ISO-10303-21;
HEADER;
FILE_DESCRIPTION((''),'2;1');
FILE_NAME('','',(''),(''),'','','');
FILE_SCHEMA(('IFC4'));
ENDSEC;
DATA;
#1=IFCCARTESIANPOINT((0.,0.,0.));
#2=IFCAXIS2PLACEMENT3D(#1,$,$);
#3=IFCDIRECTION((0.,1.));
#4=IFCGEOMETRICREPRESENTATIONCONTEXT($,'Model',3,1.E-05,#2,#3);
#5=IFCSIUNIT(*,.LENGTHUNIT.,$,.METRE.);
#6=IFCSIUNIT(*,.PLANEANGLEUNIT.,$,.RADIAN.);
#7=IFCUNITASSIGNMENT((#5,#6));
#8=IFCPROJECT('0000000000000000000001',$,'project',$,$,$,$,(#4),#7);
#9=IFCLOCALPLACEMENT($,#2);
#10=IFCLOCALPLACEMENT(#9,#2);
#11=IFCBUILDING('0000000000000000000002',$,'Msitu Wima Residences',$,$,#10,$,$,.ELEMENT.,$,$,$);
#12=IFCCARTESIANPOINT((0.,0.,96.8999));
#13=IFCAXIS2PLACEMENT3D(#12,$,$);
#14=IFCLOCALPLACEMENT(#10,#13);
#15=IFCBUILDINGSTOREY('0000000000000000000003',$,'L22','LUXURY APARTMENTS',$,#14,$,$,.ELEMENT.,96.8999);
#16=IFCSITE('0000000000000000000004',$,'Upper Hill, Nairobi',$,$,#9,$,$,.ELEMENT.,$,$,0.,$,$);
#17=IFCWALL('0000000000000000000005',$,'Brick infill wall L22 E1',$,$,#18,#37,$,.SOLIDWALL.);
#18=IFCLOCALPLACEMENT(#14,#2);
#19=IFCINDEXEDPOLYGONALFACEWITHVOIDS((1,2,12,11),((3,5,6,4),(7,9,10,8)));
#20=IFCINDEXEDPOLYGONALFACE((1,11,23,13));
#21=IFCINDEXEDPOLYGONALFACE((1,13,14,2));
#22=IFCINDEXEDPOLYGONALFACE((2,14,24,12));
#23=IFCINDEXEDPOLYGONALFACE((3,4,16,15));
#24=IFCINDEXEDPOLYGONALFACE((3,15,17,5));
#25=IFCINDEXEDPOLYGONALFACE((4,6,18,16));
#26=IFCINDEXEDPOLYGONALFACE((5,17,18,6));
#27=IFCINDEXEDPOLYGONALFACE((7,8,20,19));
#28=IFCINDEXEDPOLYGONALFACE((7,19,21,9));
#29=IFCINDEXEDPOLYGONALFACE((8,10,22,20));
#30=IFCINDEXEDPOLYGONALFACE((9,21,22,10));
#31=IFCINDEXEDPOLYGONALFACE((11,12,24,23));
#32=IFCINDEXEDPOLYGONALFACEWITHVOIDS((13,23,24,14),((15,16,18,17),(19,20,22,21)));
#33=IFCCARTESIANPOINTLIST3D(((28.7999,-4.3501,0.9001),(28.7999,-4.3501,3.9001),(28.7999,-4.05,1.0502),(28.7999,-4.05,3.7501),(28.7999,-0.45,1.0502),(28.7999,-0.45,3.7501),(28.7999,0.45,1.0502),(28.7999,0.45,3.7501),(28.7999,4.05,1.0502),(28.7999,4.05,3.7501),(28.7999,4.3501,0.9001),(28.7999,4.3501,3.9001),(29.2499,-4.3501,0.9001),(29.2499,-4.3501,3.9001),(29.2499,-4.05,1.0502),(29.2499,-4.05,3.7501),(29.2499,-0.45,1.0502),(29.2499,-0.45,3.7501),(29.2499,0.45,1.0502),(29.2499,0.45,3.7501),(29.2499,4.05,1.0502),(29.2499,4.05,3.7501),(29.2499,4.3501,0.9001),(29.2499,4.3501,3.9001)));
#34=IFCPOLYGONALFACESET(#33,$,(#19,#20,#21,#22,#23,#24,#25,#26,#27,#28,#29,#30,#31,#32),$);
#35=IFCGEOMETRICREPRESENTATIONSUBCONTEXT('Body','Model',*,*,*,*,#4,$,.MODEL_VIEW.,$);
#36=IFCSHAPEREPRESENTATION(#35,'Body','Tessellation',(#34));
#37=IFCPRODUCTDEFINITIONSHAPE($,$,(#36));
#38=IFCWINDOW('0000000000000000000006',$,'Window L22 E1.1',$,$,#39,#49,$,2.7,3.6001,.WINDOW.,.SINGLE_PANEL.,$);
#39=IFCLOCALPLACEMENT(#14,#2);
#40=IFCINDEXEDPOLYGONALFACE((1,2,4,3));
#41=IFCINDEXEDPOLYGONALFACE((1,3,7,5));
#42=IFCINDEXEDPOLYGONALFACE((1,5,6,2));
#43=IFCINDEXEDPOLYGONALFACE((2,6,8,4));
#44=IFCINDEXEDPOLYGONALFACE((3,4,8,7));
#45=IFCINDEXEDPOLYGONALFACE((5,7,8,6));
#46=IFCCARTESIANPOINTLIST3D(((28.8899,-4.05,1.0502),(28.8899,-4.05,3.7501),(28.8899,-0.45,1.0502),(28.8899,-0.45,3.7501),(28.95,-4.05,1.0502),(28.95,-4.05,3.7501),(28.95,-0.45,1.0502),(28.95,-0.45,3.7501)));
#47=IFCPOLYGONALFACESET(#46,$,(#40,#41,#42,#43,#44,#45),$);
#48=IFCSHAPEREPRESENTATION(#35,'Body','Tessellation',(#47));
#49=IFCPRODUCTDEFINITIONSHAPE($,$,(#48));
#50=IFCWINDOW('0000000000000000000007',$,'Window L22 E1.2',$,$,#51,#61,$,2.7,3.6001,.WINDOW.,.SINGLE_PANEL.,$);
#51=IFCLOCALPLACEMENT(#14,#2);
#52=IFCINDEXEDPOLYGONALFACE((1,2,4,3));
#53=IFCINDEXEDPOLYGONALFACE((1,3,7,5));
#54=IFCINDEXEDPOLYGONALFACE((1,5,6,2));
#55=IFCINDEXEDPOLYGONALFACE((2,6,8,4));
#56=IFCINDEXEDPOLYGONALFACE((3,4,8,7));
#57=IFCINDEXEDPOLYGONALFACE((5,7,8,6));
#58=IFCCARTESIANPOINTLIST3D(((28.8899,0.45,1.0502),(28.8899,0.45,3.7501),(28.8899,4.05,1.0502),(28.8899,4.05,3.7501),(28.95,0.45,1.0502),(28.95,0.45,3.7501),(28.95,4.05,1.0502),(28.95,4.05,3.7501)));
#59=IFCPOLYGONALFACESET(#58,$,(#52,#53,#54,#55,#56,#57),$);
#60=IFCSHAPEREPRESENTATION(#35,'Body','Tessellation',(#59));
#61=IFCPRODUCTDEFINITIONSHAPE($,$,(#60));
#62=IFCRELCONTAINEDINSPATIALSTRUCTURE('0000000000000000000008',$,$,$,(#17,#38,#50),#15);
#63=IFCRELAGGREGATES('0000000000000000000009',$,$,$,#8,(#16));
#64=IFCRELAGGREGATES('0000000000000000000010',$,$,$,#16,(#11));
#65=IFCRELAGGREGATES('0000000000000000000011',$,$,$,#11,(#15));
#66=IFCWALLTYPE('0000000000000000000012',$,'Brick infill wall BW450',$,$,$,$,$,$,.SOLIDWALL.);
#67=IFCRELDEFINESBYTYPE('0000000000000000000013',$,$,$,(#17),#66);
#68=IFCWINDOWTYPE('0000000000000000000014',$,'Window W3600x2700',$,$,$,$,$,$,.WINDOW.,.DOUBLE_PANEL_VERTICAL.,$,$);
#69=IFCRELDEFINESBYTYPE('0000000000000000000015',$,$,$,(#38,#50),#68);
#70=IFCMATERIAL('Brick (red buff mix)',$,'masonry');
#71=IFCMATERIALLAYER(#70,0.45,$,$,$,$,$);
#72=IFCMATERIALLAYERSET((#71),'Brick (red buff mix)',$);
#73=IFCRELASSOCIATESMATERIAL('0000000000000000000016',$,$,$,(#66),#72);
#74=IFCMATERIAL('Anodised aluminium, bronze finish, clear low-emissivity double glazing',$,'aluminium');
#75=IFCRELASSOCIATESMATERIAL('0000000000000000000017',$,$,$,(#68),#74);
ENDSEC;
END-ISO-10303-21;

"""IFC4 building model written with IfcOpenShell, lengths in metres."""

from ifc_helpers import new_model, si_unit, direction, frame, frame_2d, origin, place, context, subcontext, project, spatial, rectangle, extrude, material, layer, layer_set, type_object, element, fill, save


model = new_model("IFC4")

# Units and contexts
model_context = context("Model", 3, precision=1e-05, world=origin(), true_north=direction((0.0, 1.0)))
body_context = subcontext(model_context, "Body", "Model", "MODEL_VIEW")
ifc_project = project(units=[si_unit("LENGTHUNIT", "METRE"), si_unit("PLANEANGLEUNIT", "RADIAN")], contexts=[model_context])

# Site, building, storey
site_placement = place(None, origin())
site = spatial("IfcSite", under=ifc_project, at=site_placement, Name="Upper Hill, Nairobi", CompositionType="ELEMENT", RefElevation=0.0)
building_placement = place(site_placement, origin())
building = spatial("IfcBuilding", under=site, at=building_placement, Name="Msitu Wima Residences", CompositionType="ELEMENT")
storey_placement = place(building_placement, frame((0.0, 0.0, 96.8999)))
storey = spatial("IfcBuildingStorey", under=building, at=storey_placement, Name="L22", Description="LUXURY APARTMENTS", CompositionType="ELEMENT", Elevation=96.8999)

# Shared definitions
ifc_material_1 = material(Name="Brick (red buff mix)", Category="masonry")
ifc_layer_1 = layer(ifc_material_1, 0.45)
ifc_layer_set_1 = layer_set([ifc_layer_1], Name="Brick (red buff mix)")
wall_type_1 = type_object("IfcWallType", Name="Brick infill wall BW450", PredefinedType="SOLIDWALL", material=ifc_layer_set_1)
ifc_material_2 = material(Name="Anodised aluminium, bronze finish, clear low-emissivity double glazing", Category="aluminium")
window_type = type_object("IfcWindowType", Name="Window W3600x2700", PartitioningType="DOUBLE_PANEL_VERTICAL", PredefinedType="WINDOW", material=ifc_material_2)

# Wall, openings, windows
wall_1_placement = place(storey_placement, frame((29.0249, -4.3501, 0.9001), z_axis=(0.0, 0.0, 1.0), x_axis=(0.0, 1.0, 0.0)))
wall_1 = element("IfcWall", 1, at=wall_1_placement, inside=storey, type_object=wall_type_1, Name="Brick infill wall L22 E1", PredefinedType="SOLIDWALL", context=body_context, shape_type="SweptSolid", body=[
    extrude(rectangle(XDim=8.7002, YDim=0.45, at=frame_2d((4.3501, 0.0))), origin(), (0.0, 0.0, 1.0), 3.0),
])
opening_1_placement = place(wall_1_placement, frame((0.3, 0.0, 0.1499)))
opening_1 = element("IfcOpeningElement", 2, at=opening_1_placement, cuts=wall_1, PredefinedType="OPENING", context=body_context, shape_type="SweptSolid", body=[
    extrude(rectangle(XDim=3.6001, YDim=2.7, at=frame_2d((1.8, 1.3501))), frame((0.0, 0.2349, 0.0), z_axis=(0.0, -1.0, 0.0), x_axis=(1.0, 0.0, 0.0)), (0.0, 0.0, 1.0), 0.47),
])
opening_2_placement = place(wall_1_placement, frame((4.8, 0.0, 0.1499)))
opening_2 = element("IfcOpeningElement", 3, at=opening_2_placement, cuts=wall_1, PredefinedType="OPENING", context=body_context, shape_type="SweptSolid", body=[
    extrude(rectangle(XDim=3.6001, YDim=2.7, at=frame_2d((1.8, 1.3501))), frame((0.0, 0.2349, 0.0), z_axis=(0.0, -1.0, 0.0), x_axis=(1.0, 0.0, 0.0)), (0.0, 0.0, 1.0), 0.47),
])
window_1_placement = place(opening_1_placement, origin())
window_1 = element("IfcWindow", 4, at=window_1_placement, inside=storey, type_object=window_type, Name="Window L22 E1.1", OverallHeight=2.7, OverallWidth=3.6001, PartitioningType="SINGLE_PANEL", PredefinedType="WINDOW", context=body_context, shape_type="SweptSolid", body=[
    extrude(rectangle(XDim=3.6001, YDim=2.7, at=frame_2d((1.8, 1.3501))), frame((0.0, 0.135, 0.0), z_axis=(0.0, -1.0, 0.0), x_axis=(1.0, 0.0, 0.0)), (0.0, 0.0, 1.0), 0.0601),
])
fill(opening_1, window_1)
window_2_placement = place(opening_2_placement, origin())
window_2 = element("IfcWindow", 5, at=window_2_placement, inside=storey, type_object=window_type, Name="Window L22 E1.2", OverallHeight=2.7, OverallWidth=3.6001, PartitioningType="SINGLE_PANEL", PredefinedType="WINDOW", context=body_context, shape_type="SweptSolid", body=[
    extrude(rectangle(XDim=3.6001, YDim=2.7, at=frame_2d((1.8, 1.3501))), frame((0.0, 0.135, 0.0), z_axis=(0.0, -1.0, 0.0), x_axis=(1.0, 0.0, 0.0)), (0.0, 0.0, 1.0), 0.0601),
])
fill(opening_2, window_2)

save(model, "model.ifc")
